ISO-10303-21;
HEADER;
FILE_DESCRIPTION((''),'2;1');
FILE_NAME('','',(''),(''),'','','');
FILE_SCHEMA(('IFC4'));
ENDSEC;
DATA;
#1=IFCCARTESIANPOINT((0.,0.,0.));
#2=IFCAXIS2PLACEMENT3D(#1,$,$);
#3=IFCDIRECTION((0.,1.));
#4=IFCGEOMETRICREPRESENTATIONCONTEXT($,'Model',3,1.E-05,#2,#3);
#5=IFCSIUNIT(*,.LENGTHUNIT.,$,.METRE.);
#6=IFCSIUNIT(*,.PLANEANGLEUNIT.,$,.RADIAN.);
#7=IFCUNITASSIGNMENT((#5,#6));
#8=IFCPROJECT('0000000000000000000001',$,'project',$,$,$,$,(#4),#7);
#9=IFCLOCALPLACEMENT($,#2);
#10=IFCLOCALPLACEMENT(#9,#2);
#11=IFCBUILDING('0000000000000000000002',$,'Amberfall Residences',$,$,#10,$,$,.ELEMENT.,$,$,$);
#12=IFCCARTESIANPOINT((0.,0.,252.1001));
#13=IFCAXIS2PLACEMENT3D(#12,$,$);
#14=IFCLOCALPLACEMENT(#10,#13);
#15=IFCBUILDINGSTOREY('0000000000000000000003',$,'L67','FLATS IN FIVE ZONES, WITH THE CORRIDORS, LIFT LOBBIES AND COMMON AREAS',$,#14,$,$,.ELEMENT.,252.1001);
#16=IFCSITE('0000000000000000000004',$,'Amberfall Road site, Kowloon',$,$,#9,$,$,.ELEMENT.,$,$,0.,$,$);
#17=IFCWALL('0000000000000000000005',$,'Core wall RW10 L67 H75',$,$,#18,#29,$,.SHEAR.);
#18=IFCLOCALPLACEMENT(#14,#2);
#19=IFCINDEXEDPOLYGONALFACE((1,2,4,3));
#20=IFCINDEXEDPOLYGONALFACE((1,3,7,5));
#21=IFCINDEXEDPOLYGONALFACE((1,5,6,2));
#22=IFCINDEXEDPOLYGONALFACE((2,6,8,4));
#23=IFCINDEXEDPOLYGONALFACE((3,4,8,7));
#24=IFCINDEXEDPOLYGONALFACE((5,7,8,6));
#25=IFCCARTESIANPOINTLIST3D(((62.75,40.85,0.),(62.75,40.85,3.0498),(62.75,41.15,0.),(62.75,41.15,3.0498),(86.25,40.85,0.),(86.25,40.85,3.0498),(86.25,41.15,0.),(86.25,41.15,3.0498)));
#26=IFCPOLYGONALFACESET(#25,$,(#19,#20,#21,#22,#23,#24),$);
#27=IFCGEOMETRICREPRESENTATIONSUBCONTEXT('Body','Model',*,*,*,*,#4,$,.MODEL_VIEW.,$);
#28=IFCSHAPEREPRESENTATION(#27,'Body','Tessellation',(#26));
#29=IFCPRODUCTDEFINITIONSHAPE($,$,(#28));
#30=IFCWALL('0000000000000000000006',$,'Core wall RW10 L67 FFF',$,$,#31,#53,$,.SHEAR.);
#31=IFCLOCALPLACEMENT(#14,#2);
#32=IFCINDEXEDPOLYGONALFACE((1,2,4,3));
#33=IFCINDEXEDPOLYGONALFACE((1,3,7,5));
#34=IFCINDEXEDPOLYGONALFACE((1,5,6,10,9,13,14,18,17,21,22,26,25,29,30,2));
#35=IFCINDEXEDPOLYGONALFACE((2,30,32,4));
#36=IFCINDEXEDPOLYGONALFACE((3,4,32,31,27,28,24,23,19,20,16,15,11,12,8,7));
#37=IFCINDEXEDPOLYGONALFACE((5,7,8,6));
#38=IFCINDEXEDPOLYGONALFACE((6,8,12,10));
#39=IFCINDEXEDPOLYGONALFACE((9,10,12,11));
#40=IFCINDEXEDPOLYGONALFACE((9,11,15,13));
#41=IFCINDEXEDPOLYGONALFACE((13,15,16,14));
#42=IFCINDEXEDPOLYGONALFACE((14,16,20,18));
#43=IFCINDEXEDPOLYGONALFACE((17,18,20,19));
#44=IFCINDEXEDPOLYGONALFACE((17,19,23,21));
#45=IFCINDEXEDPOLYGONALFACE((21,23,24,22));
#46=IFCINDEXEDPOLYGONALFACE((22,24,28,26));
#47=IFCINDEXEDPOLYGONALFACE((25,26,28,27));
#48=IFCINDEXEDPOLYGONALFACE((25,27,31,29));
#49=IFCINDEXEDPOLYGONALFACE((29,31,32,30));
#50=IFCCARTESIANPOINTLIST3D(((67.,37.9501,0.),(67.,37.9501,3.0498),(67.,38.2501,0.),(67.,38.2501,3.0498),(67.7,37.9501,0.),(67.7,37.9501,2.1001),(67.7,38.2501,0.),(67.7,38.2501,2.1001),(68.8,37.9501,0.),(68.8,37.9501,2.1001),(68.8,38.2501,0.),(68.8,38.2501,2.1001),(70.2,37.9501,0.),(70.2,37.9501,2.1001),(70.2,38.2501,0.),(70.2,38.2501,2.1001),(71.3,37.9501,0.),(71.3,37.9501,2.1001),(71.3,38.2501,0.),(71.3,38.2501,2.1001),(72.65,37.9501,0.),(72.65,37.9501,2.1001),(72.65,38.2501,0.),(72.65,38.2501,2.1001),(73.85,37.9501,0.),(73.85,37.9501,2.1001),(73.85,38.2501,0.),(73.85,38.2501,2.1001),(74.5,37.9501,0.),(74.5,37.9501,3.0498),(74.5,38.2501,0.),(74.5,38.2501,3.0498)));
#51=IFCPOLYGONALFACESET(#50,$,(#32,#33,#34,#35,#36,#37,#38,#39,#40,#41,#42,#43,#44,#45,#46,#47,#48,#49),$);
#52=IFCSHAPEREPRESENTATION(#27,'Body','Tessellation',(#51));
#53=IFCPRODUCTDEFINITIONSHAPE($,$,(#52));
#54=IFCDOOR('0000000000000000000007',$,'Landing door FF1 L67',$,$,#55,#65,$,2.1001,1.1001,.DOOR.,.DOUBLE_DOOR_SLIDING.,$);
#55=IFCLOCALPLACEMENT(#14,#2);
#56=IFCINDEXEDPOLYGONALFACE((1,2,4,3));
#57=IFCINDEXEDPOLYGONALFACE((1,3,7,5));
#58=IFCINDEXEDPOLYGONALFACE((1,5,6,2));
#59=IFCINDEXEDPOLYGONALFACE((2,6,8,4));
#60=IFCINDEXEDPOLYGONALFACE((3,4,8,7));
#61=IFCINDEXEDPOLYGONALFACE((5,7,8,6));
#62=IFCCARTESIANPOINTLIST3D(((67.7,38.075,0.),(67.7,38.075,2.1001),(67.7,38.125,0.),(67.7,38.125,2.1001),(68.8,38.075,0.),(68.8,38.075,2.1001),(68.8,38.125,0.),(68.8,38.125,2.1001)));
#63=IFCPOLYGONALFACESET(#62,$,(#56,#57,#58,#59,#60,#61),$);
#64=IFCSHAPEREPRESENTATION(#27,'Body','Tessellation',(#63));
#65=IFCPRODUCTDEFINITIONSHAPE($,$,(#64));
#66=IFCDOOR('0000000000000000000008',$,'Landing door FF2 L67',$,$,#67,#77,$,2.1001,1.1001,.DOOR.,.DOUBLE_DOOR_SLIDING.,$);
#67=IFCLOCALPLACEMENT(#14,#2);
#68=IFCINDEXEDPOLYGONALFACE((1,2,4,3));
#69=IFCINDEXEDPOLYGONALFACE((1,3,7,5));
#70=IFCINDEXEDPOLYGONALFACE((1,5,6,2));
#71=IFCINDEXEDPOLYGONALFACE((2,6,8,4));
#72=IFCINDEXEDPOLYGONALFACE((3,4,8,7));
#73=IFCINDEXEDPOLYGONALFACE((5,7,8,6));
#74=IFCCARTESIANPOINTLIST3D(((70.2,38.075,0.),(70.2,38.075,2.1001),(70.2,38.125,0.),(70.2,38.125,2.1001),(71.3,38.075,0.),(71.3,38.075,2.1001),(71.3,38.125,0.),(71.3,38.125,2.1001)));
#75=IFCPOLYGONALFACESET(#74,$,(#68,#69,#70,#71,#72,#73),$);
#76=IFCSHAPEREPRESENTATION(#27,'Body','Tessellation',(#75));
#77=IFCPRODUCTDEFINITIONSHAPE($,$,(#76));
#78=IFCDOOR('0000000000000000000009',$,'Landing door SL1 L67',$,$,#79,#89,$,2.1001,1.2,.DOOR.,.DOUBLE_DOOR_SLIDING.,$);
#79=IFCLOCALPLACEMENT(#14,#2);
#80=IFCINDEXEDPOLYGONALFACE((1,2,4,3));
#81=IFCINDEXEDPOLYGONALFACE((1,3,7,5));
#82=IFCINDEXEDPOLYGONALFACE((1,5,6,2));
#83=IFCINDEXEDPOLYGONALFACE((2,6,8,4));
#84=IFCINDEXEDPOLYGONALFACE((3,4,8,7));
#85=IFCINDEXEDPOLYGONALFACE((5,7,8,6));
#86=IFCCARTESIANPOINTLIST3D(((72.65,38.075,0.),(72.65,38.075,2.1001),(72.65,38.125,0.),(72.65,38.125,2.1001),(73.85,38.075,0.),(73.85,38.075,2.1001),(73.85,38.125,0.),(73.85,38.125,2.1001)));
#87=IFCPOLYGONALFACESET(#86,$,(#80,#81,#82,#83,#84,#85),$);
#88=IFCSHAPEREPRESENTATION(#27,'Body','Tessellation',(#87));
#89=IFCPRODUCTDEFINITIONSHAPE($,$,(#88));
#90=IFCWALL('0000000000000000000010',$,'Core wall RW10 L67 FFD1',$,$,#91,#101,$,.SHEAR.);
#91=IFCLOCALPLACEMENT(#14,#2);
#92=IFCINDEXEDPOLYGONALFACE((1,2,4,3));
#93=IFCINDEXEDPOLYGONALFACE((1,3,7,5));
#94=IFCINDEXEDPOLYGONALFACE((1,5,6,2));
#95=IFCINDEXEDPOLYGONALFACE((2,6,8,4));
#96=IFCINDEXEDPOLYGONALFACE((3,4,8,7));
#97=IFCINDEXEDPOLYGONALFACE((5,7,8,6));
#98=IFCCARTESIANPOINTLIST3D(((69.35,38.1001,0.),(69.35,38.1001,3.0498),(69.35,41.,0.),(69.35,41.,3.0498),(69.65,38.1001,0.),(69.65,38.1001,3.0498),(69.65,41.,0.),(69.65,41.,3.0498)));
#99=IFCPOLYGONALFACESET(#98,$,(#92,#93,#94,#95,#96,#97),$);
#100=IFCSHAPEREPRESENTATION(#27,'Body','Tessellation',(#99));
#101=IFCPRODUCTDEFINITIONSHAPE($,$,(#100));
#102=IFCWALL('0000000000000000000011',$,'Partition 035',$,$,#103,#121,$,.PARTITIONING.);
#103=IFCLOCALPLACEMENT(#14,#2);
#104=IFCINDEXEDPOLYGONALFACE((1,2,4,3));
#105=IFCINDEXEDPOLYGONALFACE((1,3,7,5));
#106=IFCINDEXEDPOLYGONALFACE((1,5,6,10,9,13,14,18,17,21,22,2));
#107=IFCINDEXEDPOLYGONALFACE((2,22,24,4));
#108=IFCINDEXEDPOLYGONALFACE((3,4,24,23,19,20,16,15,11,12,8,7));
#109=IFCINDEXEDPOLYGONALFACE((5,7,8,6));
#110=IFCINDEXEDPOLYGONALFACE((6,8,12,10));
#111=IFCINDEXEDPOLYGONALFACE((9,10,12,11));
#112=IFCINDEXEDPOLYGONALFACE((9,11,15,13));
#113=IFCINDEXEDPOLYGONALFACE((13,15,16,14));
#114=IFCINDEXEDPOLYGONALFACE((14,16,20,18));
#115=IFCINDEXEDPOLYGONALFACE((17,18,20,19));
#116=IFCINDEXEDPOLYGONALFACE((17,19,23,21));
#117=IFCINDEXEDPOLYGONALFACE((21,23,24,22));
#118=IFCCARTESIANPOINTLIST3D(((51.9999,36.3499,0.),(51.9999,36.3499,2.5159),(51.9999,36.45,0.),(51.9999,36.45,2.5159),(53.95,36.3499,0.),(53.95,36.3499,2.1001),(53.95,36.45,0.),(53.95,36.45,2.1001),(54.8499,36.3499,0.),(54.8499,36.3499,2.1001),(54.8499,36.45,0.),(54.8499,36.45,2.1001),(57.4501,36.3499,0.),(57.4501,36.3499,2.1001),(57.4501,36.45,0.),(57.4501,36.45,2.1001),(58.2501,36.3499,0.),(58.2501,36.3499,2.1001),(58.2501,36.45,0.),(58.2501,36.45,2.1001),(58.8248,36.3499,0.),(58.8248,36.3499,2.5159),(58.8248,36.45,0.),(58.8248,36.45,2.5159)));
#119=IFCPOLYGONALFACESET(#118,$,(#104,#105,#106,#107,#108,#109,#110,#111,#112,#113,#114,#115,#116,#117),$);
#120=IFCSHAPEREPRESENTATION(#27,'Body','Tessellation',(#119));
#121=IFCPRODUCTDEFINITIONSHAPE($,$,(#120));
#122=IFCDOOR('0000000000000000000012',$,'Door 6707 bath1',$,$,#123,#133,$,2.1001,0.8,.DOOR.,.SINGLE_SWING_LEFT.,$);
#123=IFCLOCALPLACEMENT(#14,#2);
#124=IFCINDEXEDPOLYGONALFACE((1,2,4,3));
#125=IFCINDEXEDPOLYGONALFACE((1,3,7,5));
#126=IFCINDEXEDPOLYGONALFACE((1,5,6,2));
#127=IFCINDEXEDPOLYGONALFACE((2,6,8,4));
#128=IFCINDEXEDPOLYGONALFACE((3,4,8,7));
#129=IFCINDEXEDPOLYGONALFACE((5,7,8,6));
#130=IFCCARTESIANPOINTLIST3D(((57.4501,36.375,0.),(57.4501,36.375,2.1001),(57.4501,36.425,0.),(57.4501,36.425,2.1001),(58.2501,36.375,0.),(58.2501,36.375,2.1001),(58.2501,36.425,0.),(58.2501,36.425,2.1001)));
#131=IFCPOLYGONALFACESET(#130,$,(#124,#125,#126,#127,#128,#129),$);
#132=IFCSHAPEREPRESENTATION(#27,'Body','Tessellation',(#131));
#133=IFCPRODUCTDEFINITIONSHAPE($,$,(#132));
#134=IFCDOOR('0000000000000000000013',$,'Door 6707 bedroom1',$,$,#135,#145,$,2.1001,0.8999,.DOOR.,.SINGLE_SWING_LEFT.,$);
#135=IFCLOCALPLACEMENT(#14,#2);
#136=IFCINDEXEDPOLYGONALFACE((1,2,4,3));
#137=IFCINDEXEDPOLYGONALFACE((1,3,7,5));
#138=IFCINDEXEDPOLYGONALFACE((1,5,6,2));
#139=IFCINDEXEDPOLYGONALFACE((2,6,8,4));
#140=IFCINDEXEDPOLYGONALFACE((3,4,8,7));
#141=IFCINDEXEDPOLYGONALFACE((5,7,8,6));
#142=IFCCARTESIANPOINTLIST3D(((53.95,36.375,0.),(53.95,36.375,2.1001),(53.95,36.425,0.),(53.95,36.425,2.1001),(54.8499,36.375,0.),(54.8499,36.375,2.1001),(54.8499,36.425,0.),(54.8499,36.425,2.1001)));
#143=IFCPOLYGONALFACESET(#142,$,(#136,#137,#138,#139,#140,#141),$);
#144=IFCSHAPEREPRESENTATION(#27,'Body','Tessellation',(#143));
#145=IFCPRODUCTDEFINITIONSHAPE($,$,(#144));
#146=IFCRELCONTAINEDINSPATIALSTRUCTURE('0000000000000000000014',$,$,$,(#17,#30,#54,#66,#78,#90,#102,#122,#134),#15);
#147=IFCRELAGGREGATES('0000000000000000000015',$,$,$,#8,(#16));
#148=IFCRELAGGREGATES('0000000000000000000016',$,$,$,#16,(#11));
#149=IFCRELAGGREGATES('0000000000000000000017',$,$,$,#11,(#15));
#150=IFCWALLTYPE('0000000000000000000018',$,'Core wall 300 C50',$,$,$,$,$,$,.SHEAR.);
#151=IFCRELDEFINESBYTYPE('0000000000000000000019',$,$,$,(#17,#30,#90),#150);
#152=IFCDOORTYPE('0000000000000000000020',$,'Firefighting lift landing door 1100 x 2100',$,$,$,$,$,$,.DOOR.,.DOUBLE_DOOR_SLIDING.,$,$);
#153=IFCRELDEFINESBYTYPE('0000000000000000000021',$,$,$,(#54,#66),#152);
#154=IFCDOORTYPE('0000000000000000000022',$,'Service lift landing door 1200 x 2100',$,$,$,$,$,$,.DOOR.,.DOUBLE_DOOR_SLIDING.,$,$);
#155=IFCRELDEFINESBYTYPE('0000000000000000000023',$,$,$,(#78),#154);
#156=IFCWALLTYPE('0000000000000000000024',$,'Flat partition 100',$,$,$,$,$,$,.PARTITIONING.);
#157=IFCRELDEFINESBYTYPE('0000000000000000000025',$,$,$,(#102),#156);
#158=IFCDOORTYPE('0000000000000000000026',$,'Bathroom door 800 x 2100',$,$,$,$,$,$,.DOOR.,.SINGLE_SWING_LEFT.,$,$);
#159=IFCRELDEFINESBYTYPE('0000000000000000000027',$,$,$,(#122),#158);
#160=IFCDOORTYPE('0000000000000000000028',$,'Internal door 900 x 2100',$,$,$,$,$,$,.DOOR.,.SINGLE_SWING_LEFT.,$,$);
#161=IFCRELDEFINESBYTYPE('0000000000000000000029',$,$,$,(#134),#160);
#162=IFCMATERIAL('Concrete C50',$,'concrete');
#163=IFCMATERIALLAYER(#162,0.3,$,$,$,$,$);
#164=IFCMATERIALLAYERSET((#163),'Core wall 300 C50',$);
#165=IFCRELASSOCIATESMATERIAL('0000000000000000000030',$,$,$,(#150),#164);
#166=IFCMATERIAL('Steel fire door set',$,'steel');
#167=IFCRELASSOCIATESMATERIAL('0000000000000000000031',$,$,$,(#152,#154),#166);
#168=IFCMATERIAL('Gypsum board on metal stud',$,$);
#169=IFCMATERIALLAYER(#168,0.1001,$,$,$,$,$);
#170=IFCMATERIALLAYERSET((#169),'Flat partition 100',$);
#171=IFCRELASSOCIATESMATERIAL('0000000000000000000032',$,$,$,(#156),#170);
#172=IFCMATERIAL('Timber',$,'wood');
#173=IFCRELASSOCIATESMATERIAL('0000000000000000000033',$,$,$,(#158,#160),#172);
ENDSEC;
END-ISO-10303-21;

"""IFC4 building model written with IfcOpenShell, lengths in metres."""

from ifc_helpers import new_model, si_unit, direction, frame, frame_2d, origin, place, context, subcontext, project, spatial, rectangle, extrude, material, layer, layer_set, type_object, element, fill, save


model = new_model("IFC4")

# Units and contexts
model_context = context("Model", 3, precision=1e-05, world=origin(), true_north=direction((0.0, 1.0)))
body_context = subcontext(model_context, "Body", "Model", "MODEL_VIEW")
ifc_project = project(units=[si_unit("LENGTHUNIT", "METRE"), si_unit("PLANEANGLEUNIT", "RADIAN")], contexts=[model_context])

# Site, building, storey
site_placement = place(None, origin())
site = spatial("IfcSite", under=ifc_project, at=site_placement, Name="Amberfall Road site, Kowloon", CompositionType="ELEMENT", RefElevation=0.0)
building_placement = place(site_placement, origin())
building = spatial("IfcBuilding", under=site, at=building_placement, Name="Amberfall Residences", CompositionType="ELEMENT")
storey_placement = place(building_placement, frame((0.0, 0.0, 252.1001)))
storey = spatial("IfcBuildingStorey", under=building, at=storey_placement, Name="L67", Description="FLATS IN FIVE ZONES, WITH THE CORRIDORS, LIFT LOBBIES AND COMMON AREAS", CompositionType="ELEMENT", Elevation=252.1001)

# Wall
ifc_material_1 = material(Name="Concrete C50", Category="concrete")
ifc_layer_1 = layer(ifc_material_1, 0.3)
ifc_layer_set_1 = layer_set([ifc_layer_1], Name="Core wall 300 C50")
wall_type_1 = type_object("IfcWallType", Name="Core wall 300 C50", PredefinedType="SHEAR", material=ifc_layer_set_1)
wall_1_placement = place(storey_placement, frame((62.75, 41.0, 0.0), z_axis=(0.0, 0.0, 1.0), x_axis=(1.0, 0.0, 0.0)))
element("IfcWall", 1, at=wall_1_placement, inside=storey, type_object=wall_type_1, Name="Core wall RW10 L67 H75", PredefinedType="SHEAR", context=body_context, shape_type="SweptSolid", body=[
    extrude(rectangle(XDim=23.5, YDim=0.3, at=frame_2d((11.75, 0.0))), origin(), (0.0, 0.0, 1.0), 3.0498),
])

# Wall, openings, doors
wall_2_placement = place(storey_placement, frame((67.0, 38.1001, 0.0), z_axis=(0.0, 0.0, 1.0), x_axis=(1.0, 0.0, 0.0)))
wall_2 = element("IfcWall", 2, at=wall_2_placement, inside=storey, type_object=wall_type_1, Name="Core wall RW10 L67 FFF", PredefinedType="SHEAR", context=body_context, shape_type="SweptSolid", body=[
    extrude(rectangle(XDim=7.5, YDim=0.3, at=frame_2d((3.75, 0.0))), origin(), (0.0, 0.0, 1.0), 3.0498),
])
opening_1_placement = place(wall_2_placement, frame((0.7, 0.0, 0.0)))
opening_1 = element("IfcOpeningElement", 3, at=opening_1_placement, cuts=wall_2, PredefinedType="OPENING", context=body_context, shape_type="SweptSolid", body=[
    extrude(rectangle(XDim=1.1001, YDim=2.1001, at=frame_2d((0.55, 1.05))), frame((0.0, 0.1599, 0.0), z_axis=(0.0, -1.0, 0.0), x_axis=(1.0, 0.0, 0.0)), (0.0, 0.0, 1.0), 0.3201),
])
opening_2_placement = place(wall_2_placement, frame((3.2, 0.0, 0.0)))
opening_2 = element("IfcOpeningElement", 4, at=opening_2_placement, cuts=wall_2, PredefinedType="OPENING", context=body_context, shape_type="SweptSolid", body=[
    extrude(rectangle(XDim=1.1001, YDim=2.1001, at=frame_2d((0.55, 1.05))), frame((0.0, 0.1599, 0.0), z_axis=(0.0, -1.0, 0.0), x_axis=(1.0, 0.0, 0.0)), (0.0, 0.0, 1.0), 0.3201),
])
opening_3_placement = place(wall_2_placement, frame((5.6499, 0.0, 0.0)))
opening_3 = element("IfcOpeningElement", 5, at=opening_3_placement, cuts=wall_2, PredefinedType="OPENING", context=body_context, shape_type="SweptSolid", body=[
    extrude(rectangle(XDim=1.2, YDim=2.1001, at=frame_2d((0.6001, 1.05))), frame((0.0, 0.1599, 0.0), z_axis=(0.0, -1.0, 0.0), x_axis=(1.0, 0.0, 0.0)), (0.0, 0.0, 1.0), 0.3201),
])
ifc_material_2 = material(Name="Steel fire door set", Category="steel")
door_type_1 = type_object("IfcDoorType", Name="Firefighting lift landing door 1100 x 2100", OperationType="DOUBLE_DOOR_SLIDING", PredefinedType="DOOR", material=ifc_material_2)
door_1_placement = place(opening_1_placement, origin())
door_1 = element("IfcDoor", 6, at=door_1_placement, inside=storey, type_object=door_type_1, Name="Landing door FF1 L67", OperationType="DOUBLE_DOOR_SLIDING", OverallHeight=2.1001, OverallWidth=1.1001, PredefinedType="DOOR", context=body_context, shape_type="SweptSolid", body=[
    extrude(rectangle(XDim=1.1001, YDim=2.1001, at=frame_2d((0.55, 1.05))), frame((0.0, 0.0249, 0.0), z_axis=(0.0, -1.0, 0.0), x_axis=(1.0, 0.0, 0.0)), (0.0, 0.0, 1.0), 0.05),
])
fill(opening_1, door_1)
door_2_placement = place(opening_2_placement, origin())
door_2 = element("IfcDoor", 7, at=door_2_placement, inside=storey, type_object=door_type_1, Name="Landing door FF2 L67", OperationType="DOUBLE_DOOR_SLIDING", OverallHeight=2.1001, OverallWidth=1.1001, PredefinedType="DOOR", context=body_context, shape_type="SweptSolid", body=[
    extrude(rectangle(XDim=1.1001, YDim=2.1001, at=frame_2d((0.55, 1.05))), frame((0.0, 0.0249, 0.0), z_axis=(0.0, -1.0, 0.0), x_axis=(1.0, 0.0, 0.0)), (0.0, 0.0, 1.0), 0.05),
])
fill(opening_2, door_2)
door_type_2 = type_object("IfcDoorType", Name="Service lift landing door 1200 x 2100", OperationType="DOUBLE_DOOR_SLIDING", PredefinedType="DOOR", material=ifc_material_2)
door_3_placement = place(opening_3_placement, origin())
door_3 = element("IfcDoor", 8, at=door_3_placement, inside=storey, type_object=door_type_2, Name="Landing door SL1 L67", OperationType="DOUBLE_DOOR_SLIDING", OverallHeight=2.1001, OverallWidth=1.2, PredefinedType="DOOR", context=body_context, shape_type="SweptSolid", body=[
    extrude(rectangle(XDim=1.2, YDim=2.1001, at=frame_2d((0.6001, 1.05))), frame((0.0, 0.0249, 0.0), z_axis=(0.0, -1.0, 0.0), x_axis=(1.0, 0.0, 0.0)), (0.0, 0.0, 1.0), 0.05),
])
fill(opening_3, door_3)

# Wall
wall_3_placement = place(storey_placement, frame((69.5, 38.1001, 0.0), z_axis=(0.0, 0.0, 1.0), x_axis=(0.0, 1.0, 0.0)))
element("IfcWall", 9, at=wall_3_placement, inside=storey, type_object=wall_type_1, Name="Core wall RW10 L67 FFD1", PredefinedType="SHEAR", context=body_context, shape_type="SweptSolid", body=[
    extrude(rectangle(XDim=2.8999, YDim=0.3, at=frame_2d((1.45, 0.0))), origin(), (0.0, 0.0, 1.0), 3.0498),
])

# Wall, openings, doors
ifc_material_3 = material(Name="Gypsum board on metal stud")
ifc_layer_2 = layer(ifc_material_3, 0.1001)
ifc_layer_set_2 = layer_set([ifc_layer_2], Name="Flat partition 100")
wall_type_2 = type_object("IfcWallType", Name="Flat partition 100", PredefinedType="PARTITIONING", material=ifc_layer_set_2)
wall_4_placement = place(storey_placement, frame((58.825, 36.3999, 0.0), z_axis=(0.0, 0.0, 1.0), x_axis=(-1.0, 0.0, 0.0)))
wall_4 = element("IfcWall", 10, at=wall_4_placement, inside=storey, type_object=wall_type_2, Name="Partition 035", PredefinedType="PARTITIONING", context=body_context, shape_type="SweptSolid", body=[
    extrude(rectangle(XDim=6.825, YDim=0.1001, at=frame_2d((3.4126, 0.0))), origin(), (0.0, 0.0, 1.0), 2.5159),
])
opening_4_placement = place(wall_4_placement, frame((3.9751, 0.0, 0.0)))
opening_4 = element("IfcOpeningElement", 11, at=opening_4_placement, cuts=wall_4, PredefinedType="OPENING", context=body_context, shape_type="SweptSolid", body=[
    extrude(rectangle(XDim=0.8999, YDim=2.1001, at=frame_2d((0.45, 1.05))), frame((0.0, 0.0601, 0.0), z_axis=(0.0, -1.0, 0.0), x_axis=(1.0, 0.0, 0.0)), (0.0, 0.0, 1.0), 0.1201),
])
opening_5_placement = place(wall_4_placement, frame((0.575, 0.0, 0.0)))
opening_5 = element("IfcOpeningElement", 12, at=opening_5_placement, cuts=wall_4, PredefinedType="OPENING", context=body_context, shape_type="SweptSolid", body=[
    extrude(rectangle(XDim=0.8, YDim=2.1001, at=frame_2d((0.3999, 1.05))), frame((0.0, 0.0601, 0.0), z_axis=(0.0, -1.0, 0.0), x_axis=(1.0, 0.0, 0.0)), (0.0, 0.0, 1.0), 0.1201),
])
ifc_material_4 = material(Name="Timber", Category="wood")
door_type_3 = type_object("IfcDoorType", Name="Bathroom door 800 x 2100", OperationType="SINGLE_SWING_LEFT", PredefinedType="DOOR", material=ifc_material_4)
door_4_placement = place(opening_5_placement, origin())
door_4 = element("IfcDoor", 13, at=door_4_placement, inside=storey, type_object=door_type_3, Name="Door 6707 bath1", OperationType="SINGLE_SWING_LEFT", OverallHeight=2.1001, OverallWidth=0.8, PredefinedType="DOOR", context=body_context, shape_type="SweptSolid", body=[
    extrude(rectangle(XDim=0.8, YDim=2.1001, at=frame_2d((0.3999, 1.05))), frame((0.0, 0.0249, 0.0), z_axis=(0.0, -1.0, 0.0), x_axis=(1.0, 0.0, 0.0)), (0.0, 0.0, 1.0), 0.05),
])
fill(opening_5, door_4)
door_type_4 = type_object("IfcDoorType", Name="Internal door 900 x 2100", OperationType="SINGLE_SWING_LEFT", PredefinedType="DOOR", material=ifc_material_4)
door_5_placement = place(opening_4_placement, origin())
door_5 = element("IfcDoor", 14, at=door_5_placement, inside=storey, type_object=door_type_4, Name="Door 6707 bedroom1", OperationType="SINGLE_SWING_LEFT", OverallHeight=2.1001, OverallWidth=0.8999, PredefinedType="DOOR", context=body_context, shape_type="SweptSolid", body=[
    extrude(rectangle(XDim=0.8999, YDim=2.1001, at=frame_2d((0.45, 1.05))), frame((0.0, 0.0249, 0.0), z_axis=(0.0, -1.0, 0.0), x_axis=(1.0, 0.0, 0.0)), (0.0, 0.0, 1.0), 0.05),
])
fill(opening_4, door_5)

save(model, "model.ifc")
